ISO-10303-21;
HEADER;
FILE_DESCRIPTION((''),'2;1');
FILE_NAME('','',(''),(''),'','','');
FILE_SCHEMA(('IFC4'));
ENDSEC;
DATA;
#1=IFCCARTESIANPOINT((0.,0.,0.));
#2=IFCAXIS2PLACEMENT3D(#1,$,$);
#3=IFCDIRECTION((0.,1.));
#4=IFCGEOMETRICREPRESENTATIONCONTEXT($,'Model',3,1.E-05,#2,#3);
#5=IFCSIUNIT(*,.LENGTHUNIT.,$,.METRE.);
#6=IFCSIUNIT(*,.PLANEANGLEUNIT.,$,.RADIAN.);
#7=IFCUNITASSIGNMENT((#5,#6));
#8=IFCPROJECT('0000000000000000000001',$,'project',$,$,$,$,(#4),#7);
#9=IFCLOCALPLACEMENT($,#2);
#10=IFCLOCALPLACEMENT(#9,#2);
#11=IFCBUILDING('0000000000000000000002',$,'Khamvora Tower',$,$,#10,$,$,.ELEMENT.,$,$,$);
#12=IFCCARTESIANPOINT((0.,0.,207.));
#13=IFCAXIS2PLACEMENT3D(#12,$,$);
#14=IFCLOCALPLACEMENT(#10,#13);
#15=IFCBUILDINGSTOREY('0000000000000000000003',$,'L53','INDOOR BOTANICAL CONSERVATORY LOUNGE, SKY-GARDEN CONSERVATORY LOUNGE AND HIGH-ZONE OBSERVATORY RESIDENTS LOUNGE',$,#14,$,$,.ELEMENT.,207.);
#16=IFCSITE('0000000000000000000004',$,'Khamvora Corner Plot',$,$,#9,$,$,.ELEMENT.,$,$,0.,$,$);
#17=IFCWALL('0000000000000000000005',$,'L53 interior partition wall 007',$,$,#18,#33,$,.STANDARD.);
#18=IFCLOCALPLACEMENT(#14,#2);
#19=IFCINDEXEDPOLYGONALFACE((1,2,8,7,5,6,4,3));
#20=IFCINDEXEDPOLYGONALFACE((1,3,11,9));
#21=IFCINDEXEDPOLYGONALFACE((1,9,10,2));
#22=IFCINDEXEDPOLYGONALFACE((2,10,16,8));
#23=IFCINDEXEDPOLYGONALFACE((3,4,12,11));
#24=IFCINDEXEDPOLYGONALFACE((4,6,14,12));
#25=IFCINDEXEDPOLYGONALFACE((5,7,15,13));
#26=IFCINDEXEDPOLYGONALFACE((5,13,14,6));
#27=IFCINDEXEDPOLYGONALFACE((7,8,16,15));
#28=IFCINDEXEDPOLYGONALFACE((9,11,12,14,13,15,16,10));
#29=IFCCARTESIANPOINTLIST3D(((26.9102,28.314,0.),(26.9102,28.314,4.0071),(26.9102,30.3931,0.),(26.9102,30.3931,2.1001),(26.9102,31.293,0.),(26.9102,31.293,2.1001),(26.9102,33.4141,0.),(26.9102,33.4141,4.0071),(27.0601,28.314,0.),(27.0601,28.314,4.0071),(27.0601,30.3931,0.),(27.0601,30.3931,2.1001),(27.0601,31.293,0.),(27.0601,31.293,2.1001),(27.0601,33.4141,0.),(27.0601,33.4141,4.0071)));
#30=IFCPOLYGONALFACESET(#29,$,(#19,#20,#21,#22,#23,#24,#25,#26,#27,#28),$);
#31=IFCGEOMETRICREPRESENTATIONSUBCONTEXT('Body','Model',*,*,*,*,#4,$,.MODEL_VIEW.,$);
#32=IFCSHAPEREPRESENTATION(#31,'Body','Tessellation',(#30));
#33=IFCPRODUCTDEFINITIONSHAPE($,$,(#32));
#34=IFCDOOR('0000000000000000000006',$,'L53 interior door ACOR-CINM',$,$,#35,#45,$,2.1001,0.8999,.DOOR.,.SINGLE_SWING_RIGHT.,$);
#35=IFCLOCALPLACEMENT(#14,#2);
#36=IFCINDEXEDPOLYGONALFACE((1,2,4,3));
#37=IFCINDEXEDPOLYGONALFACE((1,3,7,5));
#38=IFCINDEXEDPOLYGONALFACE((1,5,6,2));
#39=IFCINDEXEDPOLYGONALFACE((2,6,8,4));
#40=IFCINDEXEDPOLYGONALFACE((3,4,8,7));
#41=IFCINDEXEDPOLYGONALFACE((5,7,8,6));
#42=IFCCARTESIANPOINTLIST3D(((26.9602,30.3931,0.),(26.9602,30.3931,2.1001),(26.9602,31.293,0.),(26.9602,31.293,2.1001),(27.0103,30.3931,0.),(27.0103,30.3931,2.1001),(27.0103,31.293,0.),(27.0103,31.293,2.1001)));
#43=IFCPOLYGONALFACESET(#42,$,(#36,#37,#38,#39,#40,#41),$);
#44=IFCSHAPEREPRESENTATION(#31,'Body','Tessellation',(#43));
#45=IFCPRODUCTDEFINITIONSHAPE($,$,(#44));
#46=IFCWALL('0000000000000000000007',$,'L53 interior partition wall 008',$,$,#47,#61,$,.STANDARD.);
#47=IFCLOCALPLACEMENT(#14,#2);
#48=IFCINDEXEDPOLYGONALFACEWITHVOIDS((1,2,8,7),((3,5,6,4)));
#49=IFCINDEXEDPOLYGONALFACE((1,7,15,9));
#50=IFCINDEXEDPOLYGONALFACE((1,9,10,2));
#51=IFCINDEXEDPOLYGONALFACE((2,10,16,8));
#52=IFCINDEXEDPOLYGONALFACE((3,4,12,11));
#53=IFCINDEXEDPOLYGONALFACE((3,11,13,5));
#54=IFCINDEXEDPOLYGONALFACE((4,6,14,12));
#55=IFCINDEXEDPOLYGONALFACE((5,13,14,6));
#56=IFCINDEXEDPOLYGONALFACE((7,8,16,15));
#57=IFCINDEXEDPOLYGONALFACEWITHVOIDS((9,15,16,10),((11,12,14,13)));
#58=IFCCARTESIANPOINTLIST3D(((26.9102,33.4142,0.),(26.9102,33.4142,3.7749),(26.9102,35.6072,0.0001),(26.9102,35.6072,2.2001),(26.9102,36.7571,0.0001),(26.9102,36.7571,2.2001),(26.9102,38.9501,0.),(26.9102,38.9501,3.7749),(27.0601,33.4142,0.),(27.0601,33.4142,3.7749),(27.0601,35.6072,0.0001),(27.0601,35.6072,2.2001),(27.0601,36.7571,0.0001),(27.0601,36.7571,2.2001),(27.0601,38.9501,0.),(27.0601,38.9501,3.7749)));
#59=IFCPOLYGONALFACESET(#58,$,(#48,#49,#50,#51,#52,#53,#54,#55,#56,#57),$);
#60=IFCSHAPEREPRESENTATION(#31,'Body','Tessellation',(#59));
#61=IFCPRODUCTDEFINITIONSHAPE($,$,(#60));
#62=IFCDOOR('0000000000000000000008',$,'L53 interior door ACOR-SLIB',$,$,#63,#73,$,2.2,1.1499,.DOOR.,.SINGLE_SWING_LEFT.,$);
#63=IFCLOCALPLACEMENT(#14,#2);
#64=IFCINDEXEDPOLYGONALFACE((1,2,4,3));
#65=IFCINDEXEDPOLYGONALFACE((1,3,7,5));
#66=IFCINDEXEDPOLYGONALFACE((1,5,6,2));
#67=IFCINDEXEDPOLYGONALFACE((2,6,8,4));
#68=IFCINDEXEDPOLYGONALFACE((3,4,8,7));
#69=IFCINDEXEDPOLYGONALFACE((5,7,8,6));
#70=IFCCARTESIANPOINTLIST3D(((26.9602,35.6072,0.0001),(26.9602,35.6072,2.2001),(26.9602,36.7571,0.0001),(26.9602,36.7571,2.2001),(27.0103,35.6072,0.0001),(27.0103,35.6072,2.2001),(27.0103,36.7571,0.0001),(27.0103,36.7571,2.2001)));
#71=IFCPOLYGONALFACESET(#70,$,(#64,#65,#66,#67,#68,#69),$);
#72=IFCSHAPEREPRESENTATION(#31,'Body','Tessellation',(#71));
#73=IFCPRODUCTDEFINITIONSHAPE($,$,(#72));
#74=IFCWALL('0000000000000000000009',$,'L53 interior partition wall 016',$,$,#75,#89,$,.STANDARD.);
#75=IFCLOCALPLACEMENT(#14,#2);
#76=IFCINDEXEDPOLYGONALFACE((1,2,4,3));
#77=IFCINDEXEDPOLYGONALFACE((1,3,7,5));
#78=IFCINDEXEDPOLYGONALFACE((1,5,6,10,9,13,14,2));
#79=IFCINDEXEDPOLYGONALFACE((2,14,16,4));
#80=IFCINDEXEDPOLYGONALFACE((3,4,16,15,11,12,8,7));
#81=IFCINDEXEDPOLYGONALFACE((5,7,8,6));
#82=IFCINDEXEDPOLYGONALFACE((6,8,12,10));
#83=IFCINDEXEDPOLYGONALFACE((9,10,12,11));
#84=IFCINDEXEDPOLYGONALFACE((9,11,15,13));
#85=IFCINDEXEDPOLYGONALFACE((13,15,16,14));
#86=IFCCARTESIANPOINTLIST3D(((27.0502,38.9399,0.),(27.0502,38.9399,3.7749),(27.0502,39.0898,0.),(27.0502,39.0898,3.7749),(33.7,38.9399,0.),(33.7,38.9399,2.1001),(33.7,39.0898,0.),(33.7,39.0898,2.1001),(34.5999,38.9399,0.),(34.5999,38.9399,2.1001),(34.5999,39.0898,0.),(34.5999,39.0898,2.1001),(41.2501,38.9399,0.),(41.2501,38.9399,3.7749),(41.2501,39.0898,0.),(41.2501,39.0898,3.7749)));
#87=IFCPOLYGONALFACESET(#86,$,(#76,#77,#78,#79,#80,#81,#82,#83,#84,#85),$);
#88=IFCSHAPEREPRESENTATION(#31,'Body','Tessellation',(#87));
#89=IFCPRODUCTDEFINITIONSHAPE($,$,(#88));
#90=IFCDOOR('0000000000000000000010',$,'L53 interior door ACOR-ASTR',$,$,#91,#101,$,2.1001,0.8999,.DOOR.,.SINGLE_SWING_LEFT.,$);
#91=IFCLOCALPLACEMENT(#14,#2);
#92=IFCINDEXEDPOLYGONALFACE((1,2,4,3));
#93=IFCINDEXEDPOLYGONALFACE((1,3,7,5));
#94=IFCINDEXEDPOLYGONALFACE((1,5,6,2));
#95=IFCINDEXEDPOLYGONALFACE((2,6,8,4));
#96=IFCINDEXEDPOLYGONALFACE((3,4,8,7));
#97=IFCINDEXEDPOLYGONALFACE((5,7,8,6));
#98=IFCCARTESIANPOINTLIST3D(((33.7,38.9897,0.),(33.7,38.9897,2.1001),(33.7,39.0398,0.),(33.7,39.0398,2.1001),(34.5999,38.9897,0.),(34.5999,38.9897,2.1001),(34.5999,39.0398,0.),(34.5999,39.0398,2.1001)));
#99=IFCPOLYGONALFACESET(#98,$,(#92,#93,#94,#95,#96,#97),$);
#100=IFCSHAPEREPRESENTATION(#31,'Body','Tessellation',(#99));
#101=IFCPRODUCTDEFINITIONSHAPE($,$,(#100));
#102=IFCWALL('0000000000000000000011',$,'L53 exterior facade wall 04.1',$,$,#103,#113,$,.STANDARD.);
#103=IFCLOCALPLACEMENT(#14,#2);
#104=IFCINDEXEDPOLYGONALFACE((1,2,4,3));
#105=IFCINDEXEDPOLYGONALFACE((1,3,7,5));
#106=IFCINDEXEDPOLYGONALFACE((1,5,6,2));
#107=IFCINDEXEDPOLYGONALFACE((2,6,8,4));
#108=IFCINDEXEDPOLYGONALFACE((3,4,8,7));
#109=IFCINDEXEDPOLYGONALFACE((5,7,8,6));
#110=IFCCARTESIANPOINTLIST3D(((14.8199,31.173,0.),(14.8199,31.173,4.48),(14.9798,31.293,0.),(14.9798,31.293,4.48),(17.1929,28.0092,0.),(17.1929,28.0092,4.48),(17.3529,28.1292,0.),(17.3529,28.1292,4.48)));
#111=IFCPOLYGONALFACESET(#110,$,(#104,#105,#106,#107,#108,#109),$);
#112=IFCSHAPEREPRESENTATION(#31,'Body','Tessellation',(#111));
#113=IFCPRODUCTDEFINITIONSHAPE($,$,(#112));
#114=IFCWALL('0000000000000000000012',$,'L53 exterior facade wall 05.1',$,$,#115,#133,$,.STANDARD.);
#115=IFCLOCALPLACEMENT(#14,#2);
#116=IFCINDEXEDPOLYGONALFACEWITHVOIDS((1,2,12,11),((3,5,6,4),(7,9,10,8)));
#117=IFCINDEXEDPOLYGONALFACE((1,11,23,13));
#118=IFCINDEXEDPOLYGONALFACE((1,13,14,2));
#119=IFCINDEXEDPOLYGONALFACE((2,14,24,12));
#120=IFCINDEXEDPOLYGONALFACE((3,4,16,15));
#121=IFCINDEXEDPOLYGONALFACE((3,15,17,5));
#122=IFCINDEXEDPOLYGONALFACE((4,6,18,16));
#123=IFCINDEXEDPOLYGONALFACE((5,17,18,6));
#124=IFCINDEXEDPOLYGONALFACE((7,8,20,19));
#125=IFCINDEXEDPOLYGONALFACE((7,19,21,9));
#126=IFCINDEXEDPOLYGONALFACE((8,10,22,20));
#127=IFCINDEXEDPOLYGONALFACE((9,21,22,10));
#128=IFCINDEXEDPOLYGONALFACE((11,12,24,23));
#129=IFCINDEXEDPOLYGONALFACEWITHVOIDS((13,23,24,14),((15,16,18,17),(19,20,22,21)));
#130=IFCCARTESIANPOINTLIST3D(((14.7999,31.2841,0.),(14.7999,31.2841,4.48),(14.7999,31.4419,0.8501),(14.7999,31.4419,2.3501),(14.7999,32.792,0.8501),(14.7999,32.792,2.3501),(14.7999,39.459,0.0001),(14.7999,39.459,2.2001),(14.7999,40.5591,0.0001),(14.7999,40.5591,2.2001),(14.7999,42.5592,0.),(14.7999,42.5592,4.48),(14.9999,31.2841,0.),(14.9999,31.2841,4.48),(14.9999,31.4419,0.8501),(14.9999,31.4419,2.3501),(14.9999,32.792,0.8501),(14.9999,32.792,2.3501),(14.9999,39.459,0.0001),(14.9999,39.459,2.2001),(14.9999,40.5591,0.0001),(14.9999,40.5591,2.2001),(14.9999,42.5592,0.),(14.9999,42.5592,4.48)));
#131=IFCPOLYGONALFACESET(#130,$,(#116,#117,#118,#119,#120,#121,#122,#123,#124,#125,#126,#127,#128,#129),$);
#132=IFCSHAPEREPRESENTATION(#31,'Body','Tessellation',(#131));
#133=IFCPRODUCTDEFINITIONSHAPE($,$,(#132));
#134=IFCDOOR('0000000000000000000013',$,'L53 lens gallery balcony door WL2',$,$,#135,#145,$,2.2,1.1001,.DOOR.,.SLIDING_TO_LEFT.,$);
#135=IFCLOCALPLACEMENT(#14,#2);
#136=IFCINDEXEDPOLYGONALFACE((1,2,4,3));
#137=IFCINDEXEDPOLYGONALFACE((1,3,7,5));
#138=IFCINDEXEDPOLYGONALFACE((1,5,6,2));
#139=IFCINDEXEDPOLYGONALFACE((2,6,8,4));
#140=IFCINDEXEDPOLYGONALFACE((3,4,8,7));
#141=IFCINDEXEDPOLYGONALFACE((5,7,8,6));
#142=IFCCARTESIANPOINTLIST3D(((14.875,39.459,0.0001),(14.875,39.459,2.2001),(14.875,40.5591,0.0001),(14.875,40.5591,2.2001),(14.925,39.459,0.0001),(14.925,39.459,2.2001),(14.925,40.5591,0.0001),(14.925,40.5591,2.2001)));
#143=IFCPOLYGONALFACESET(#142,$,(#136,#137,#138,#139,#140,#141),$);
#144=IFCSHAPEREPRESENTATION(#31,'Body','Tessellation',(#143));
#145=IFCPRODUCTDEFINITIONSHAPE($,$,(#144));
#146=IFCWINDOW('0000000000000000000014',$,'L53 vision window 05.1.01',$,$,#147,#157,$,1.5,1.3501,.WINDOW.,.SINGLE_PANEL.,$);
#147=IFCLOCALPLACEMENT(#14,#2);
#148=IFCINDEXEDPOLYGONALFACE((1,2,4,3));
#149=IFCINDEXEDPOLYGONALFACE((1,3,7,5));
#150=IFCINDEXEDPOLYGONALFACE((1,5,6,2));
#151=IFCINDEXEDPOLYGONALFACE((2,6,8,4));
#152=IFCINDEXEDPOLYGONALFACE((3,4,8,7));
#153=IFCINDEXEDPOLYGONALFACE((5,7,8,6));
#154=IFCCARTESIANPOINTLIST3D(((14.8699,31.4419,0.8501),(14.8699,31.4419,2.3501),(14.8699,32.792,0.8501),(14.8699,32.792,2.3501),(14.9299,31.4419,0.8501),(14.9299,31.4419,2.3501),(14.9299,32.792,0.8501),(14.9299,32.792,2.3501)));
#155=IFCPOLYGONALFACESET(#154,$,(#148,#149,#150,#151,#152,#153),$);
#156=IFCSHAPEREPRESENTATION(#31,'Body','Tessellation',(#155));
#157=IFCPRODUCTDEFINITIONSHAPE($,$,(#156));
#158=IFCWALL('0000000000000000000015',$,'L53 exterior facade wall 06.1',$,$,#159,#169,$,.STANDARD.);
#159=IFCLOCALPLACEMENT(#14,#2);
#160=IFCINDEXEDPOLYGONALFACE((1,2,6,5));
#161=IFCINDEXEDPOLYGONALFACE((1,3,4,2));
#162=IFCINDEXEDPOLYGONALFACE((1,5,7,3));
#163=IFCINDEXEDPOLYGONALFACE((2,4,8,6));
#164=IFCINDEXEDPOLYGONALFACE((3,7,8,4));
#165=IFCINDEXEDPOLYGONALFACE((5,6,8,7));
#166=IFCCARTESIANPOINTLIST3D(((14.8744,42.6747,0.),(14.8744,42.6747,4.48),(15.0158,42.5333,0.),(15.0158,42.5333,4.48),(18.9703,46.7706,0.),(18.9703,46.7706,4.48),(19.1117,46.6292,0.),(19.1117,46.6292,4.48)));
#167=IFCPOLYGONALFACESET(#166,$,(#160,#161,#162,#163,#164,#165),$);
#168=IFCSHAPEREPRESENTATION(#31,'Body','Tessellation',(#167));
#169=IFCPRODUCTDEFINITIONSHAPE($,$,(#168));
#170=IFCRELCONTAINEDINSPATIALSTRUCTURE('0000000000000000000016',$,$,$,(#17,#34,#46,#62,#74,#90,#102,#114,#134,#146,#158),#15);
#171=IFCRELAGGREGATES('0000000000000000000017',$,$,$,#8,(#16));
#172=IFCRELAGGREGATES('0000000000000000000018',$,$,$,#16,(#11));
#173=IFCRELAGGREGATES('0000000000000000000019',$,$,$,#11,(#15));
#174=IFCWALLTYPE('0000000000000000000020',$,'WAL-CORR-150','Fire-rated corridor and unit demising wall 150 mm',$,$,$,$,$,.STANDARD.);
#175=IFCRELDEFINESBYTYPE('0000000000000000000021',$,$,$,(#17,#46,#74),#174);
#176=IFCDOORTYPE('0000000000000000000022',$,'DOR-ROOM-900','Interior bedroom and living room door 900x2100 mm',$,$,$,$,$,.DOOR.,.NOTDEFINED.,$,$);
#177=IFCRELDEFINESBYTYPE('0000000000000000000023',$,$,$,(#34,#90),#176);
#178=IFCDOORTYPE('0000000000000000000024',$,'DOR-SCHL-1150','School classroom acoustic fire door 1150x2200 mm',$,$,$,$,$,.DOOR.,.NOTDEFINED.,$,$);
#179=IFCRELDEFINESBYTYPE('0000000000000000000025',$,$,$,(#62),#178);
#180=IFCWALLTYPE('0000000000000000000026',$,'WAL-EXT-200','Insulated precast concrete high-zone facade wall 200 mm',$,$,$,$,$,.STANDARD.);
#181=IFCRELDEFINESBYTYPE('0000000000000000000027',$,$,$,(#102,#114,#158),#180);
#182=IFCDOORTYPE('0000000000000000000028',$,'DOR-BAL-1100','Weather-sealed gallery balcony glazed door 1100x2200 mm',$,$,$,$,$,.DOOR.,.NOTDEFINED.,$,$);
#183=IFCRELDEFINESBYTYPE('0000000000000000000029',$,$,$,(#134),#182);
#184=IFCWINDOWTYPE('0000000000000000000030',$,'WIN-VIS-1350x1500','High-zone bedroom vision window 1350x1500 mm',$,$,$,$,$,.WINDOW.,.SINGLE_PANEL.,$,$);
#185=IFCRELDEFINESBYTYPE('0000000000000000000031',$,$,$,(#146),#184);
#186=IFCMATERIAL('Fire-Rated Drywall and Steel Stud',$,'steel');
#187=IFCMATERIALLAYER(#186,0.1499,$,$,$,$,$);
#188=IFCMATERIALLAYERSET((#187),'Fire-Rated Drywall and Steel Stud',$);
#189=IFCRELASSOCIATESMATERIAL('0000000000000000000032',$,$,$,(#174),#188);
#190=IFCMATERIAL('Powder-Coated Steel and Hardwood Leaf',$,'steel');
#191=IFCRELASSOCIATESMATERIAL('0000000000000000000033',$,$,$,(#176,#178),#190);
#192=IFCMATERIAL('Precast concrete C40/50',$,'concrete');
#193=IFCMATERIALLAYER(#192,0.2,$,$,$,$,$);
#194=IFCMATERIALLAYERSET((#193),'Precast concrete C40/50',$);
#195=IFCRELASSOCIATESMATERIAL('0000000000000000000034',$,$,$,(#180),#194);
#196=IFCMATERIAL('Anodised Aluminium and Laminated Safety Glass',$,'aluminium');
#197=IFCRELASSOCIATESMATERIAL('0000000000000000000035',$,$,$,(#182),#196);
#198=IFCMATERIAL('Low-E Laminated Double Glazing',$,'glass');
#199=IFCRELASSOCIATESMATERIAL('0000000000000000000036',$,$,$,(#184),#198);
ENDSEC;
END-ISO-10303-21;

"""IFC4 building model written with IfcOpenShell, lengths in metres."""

from ifc_helpers import new_model, si_unit, direction, frame, frame_2d, origin, place, context, subcontext, project, spatial, rectangle, extrude, material, layer, layer_set, type_object, element, fill, save


model = new_model("IFC4")

# Units and contexts
model_context = context("Model", 3, precision=1e-05, world=origin(), true_north=direction((0.0, 1.0)))
body_context = subcontext(model_context, "Body", "Model", "MODEL_VIEW")
ifc_project = project(units=[si_unit("LENGTHUNIT", "METRE"), si_unit("PLANEANGLEUNIT", "RADIAN")], contexts=[model_context])

# Site, building, storey
site_placement = place(None, origin())
site = spatial("IfcSite", under=ifc_project, at=site_placement, Name="Khamvora Corner Plot", CompositionType="ELEMENT", RefElevation=0.0)
building_placement = place(site_placement, origin())
building = spatial("IfcBuilding", under=site, at=building_placement, Name="Khamvora Tower", CompositionType="ELEMENT")
storey_placement = place(building_placement, frame((0.0, 0.0, 207.0)))
storey = spatial("IfcBuildingStorey", under=building, at=storey_placement, Name="L53", Description="INDOOR BOTANICAL CONSERVATORY LOUNGE, SKY-GARDEN CONSERVATORY LOUNGE AND HIGH-ZONE OBSERVATORY RESIDENTS LOUNGE", CompositionType="ELEMENT", Elevation=207.0)

# Walls, openings, doors
ifc_material_1 = material(Name="Fire-Rated Drywall and Steel Stud", Category="steel")
ifc_layer_1 = layer(ifc_material_1, 0.1499)
ifc_layer_set_1 = layer_set([ifc_layer_1], Name="Fire-Rated Drywall and Steel Stud")
wall_type_1 = type_object("IfcWallType", Name="WAL-CORR-150", Description="Fire-rated corridor and unit demising wall 150 mm", PredefinedType="STANDARD", material=ifc_layer_set_1)
wall_1_placement = place(storey_placement, frame((26.9851, 28.314, 0.0), z_axis=(0.0, 0.0, 1.0), x_axis=(0.0, 1.0, 0.0)))
wall_1 = element("IfcWall", 1, at=wall_1_placement, inside=storey, type_object=wall_type_1, Name="L53 interior partition wall 007", PredefinedType="STANDARD", context=body_context, shape_type="SweptSolid", body=[
    extrude(rectangle(XDim=5.1001, YDim=0.1499, at=frame_2d((2.55, 0.0))), origin(), (0.0, 0.0, 1.0), 4.0071),
])
opening_1_placement = place(wall_1_placement, frame((2.0791, 0.0, 0.0)))
opening_1 = element("IfcOpeningElement", 2, at=opening_1_placement, cuts=wall_1, PredefinedType="OPENING", context=body_context, shape_type="SweptSolid", body=[
    extrude(rectangle(XDim=0.8999, YDim=2.1001, at=frame_2d((0.45, 1.05))), frame((0.0, 0.085, 0.0), z_axis=(0.0, -1.0, 0.0), x_axis=(1.0, 0.0, 0.0)), (0.0, 0.0, 1.0), 0.1699),
])
ifc_material_2 = material(Name="Powder-Coated Steel and Hardwood Leaf", Category="steel")
door_type_1 = type_object("IfcDoorType", Name="DOR-ROOM-900", Description="Interior bedroom and living room door 900x2100 mm", OperationType="NOTDEFINED", PredefinedType="DOOR", material=ifc_material_2)
door_1_placement = place(opening_1_placement, origin())
door_1 = element("IfcDoor", 3, at=door_1_placement, inside=storey, type_object=door_type_1, Name="L53 interior door ACOR-CINM", OperationType="SINGLE_SWING_RIGHT", OverallHeight=2.1001, OverallWidth=0.8999, PredefinedType="DOOR", context=body_context, shape_type="SweptSolid", body=[
    extrude(rectangle(XDim=0.8999, YDim=2.1001, at=frame_2d((0.45, 1.05))), frame((0.0, 0.0249, 0.0), z_axis=(0.0, -1.0, 0.0), x_axis=(1.0, 0.0, 0.0)), (0.0, 0.0, 1.0), 0.05),
])
fill(opening_1, door_1)
wall_2_placement = place(storey_placement, frame((26.9851, 33.4141, 0.0), z_axis=(0.0, 0.0, 1.0), x_axis=(0.0, 1.0, 0.0)))
wall_2 = element("IfcWall", 4, at=wall_2_placement, inside=storey, type_object=wall_type_1, Name="L53 interior partition wall 008", PredefinedType="STANDARD", context=body_context, shape_type="SweptSolid", body=[
    extrude(rectangle(XDim=5.5359, YDim=0.1499, at=frame_2d((2.7681, 0.0))), origin(), (0.0, 0.0, 1.0), 3.7749),
])
opening_2_placement = place(wall_2_placement, frame((2.1931, 0.0, 0.0)))
opening_2 = element("IfcOpeningElement", 5, at=opening_2_placement, cuts=wall_2, PredefinedType="OPENING", context=body_context, shape_type="SweptSolid", body=[
    extrude(rectangle(XDim=1.1499, YDim=2.2, at=frame_2d((0.575, 1.1001))), frame((0.0, 0.085, 0.0), z_axis=(0.0, -1.0, 0.0), x_axis=(1.0, 0.0, 0.0)), (0.0, 0.0, 1.0), 0.1699),
])
door_type_2 = type_object("IfcDoorType", Name="DOR-SCHL-1150", Description="School classroom acoustic fire door 1150x2200 mm", OperationType="NOTDEFINED", PredefinedType="DOOR", material=ifc_material_2)
door_2_placement = place(opening_2_placement, origin())
door_2 = element("IfcDoor", 6, at=door_2_placement, inside=storey, type_object=door_type_2, Name="L53 interior door ACOR-SLIB", OperationType="SINGLE_SWING_LEFT", OverallHeight=2.2, OverallWidth=1.1499, PredefinedType="DOOR", context=body_context, shape_type="SweptSolid", body=[
    extrude(rectangle(XDim=1.1499, YDim=2.2, at=frame_2d((0.575, 1.1001))), frame((0.0, 0.0249, 0.0), z_axis=(0.0, -1.0, 0.0), x_axis=(1.0, 0.0, 0.0)), (0.0, 0.0, 1.0), 0.05),
])
fill(opening_2, door_2)
wall_3_placement = place(storey_placement, frame((27.05, 39.0149, 0.0), z_axis=(0.0, 0.0, 1.0), x_axis=(1.0, 0.0, 0.0)))
wall_3 = element("IfcWall", 7, at=wall_3_placement, inside=storey, type_object=wall_type_1, Name="L53 interior partition wall 016", PredefinedType="STANDARD", context=body_context, shape_type="SweptSolid", body=[
    extrude(rectangle(XDim=14.2, YDim=0.1499, at=frame_2d((7.1001, 0.0))), origin(), (0.0, 0.0, 1.0), 3.7749),
])
opening_3_placement = place(wall_3_placement, frame((6.6499, 0.0, 0.0)))
opening_3 = element("IfcOpeningElement", 8, at=opening_3_placement, cuts=wall_3, PredefinedType="OPENING", context=body_context, shape_type="SweptSolid", body=[
    extrude(rectangle(XDim=0.8999, YDim=2.1001, at=frame_2d((0.45, 1.05))), frame((0.0, 0.085, 0.0), z_axis=(0.0, -1.0, 0.0), x_axis=(1.0, 0.0, 0.0)), (0.0, 0.0, 1.0), 0.1699),
])
door_3_placement = place(opening_3_placement, origin())
door_3 = element("IfcDoor", 9, at=door_3_placement, inside=storey, type_object=door_type_1, Name="L53 interior door ACOR-ASTR", OperationType="SINGLE_SWING_LEFT", OverallHeight=2.1001, OverallWidth=0.8999, PredefinedType="DOOR", context=body_context, shape_type="SweptSolid", body=[
    extrude(rectangle(XDim=0.8999, YDim=2.1001, at=frame_2d((0.45, 1.05))), frame((0.0, 0.0249, 0.0), z_axis=(0.0, -1.0, 0.0), x_axis=(1.0, 0.0, 0.0)), (0.0, 0.0, 1.0), 0.05),
])
fill(opening_3, door_3)

# Wall
ifc_material_3 = material(Name="Precast concrete C40/50", Category="concrete")
ifc_layer_2 = layer(ifc_material_3, 0.2)
ifc_layer_set_2 = layer_set([ifc_layer_2], Name="Precast concrete C40/50")
wall_type_2 = type_object("IfcWallType", Name="WAL-EXT-200", Description="Insulated precast concrete high-zone facade wall 200 mm", PredefinedType="STANDARD", material=ifc_layer_set_2)
wall_4_placement = place(storey_placement, frame((17.2729, 28.0691, 0.0), z_axis=(0.0, 0.0, 1.0), x_axis=(-0.60003, 0.799978, 0.0)))
element("IfcWall", 10, at=wall_4_placement, inside=storey, type_object=wall_type_2, Name="L53 exterior facade wall 04.1", PredefinedType="STANDARD", context=body_context, shape_type="SweptSolid", body=[
    extrude(rectangle(XDim=3.9548, YDim=0.2, at=frame_2d((1.9775, 0.0))), origin(), (0.0, 0.0, 1.0), 4.48),
])

# Wall, openings, door, window
wall_5_placement = place(storey_placement, frame((14.8999, 31.2839, 0.0), z_axis=(0.0, 0.0, 1.0), x_axis=(0.0, 1.0, 0.0)))
wall_5 = element("IfcWall", 11, at=wall_5_placement, inside=storey, type_object=wall_type_2, Name="L53 exterior facade wall 05.1", PredefinedType="STANDARD", context=body_context, shape_type="SweptSolid", body=[
    extrude(rectangle(XDim=11.2751, YDim=0.2, at=frame_2d((5.6377, 0.0))), origin(), (0.0, 0.0, 1.0), 4.48),
])
opening_4_placement = place(wall_5_placement, frame((8.175, 0.0, 0.0)))
opening_4 = element("IfcOpeningElement", 12, at=opening_4_placement, cuts=wall_5, PredefinedType="OPENING", context=body_context, shape_type="SweptSolid", body=[
    extrude(rectangle(XDim=1.1001, YDim=2.2, at=frame_2d((0.55, 1.1001))), frame((0.0, 0.1099, 0.0), z_axis=(0.0, -1.0, 0.0), x_axis=(1.0, 0.0, 0.0)), (0.0, 0.0, 1.0), 0.22),
])
opening_5_placement = place(wall_5_placement, frame((0.158, 0.0, 0.8501)))
opening_5 = element("IfcOpeningElement", 13, at=opening_5_placement, cuts=wall_5, PredefinedType="OPENING", context=body_context, shape_type="SweptSolid", body=[
    extrude(rectangle(XDim=1.3501, YDim=1.5, at=frame_2d((0.675, 0.75))), frame((0.0, 0.1099, 0.0), z_axis=(0.0, -1.0, 0.0), x_axis=(1.0, 0.0, 0.0)), (0.0, 0.0, 1.0), 0.22),
])
ifc_material_4 = material(Name="Anodised Aluminium and Laminated Safety Glass", Category="aluminium")
door_type_3 = type_object("IfcDoorType", Name="DOR-BAL-1100", Description="Weather-sealed gallery balcony glazed door 1100x2200 mm", OperationType="NOTDEFINED", PredefinedType="DOOR", material=ifc_material_4)
door_4_placement = place(opening_4_placement, origin())
door_4 = element("IfcDoor", 14, at=door_4_placement, inside=storey, type_object=door_type_3, Name="L53 lens gallery balcony door WL2", OperationType="SLIDING_TO_LEFT", OverallHeight=2.2, OverallWidth=1.1001, PredefinedType="DOOR", context=body_context, shape_type="SweptSolid", body=[
    extrude(rectangle(XDim=1.1001, YDim=2.2, at=frame_2d((0.55, 1.1001))), frame((0.0, 0.0249, 0.0), z_axis=(0.0, -1.0, 0.0), x_axis=(1.0, 0.0, 0.0)), (0.0, 0.0, 1.0), 0.05),
])
fill(opening_4, door_4)
ifc_material_5 = material(Name="Low-E Laminated Double Glazing", Category="glass")
window_type = type_object("IfcWindowType", Name="WIN-VIS-1350x1500", Description="High-zone bedroom vision window 1350x1500 mm", PartitioningType="SINGLE_PANEL", PredefinedType="WINDOW", material=ifc_material_5)
window_placement = place(opening_5_placement, origin())
window = element("IfcWindow", 15, at=window_placement, inside=storey, type_object=window_type, Name="L53 vision window 05.1.01", OverallHeight=1.5, OverallWidth=1.3501, PartitioningType="SINGLE_PANEL", PredefinedType="WINDOW", context=body_context, shape_type="SweptSolid", body=[
    extrude(rectangle(XDim=1.3501, YDim=1.5, at=frame_2d((0.675, 0.75))), frame((0.0, 0.03, 0.0), z_axis=(0.0, -1.0, 0.0), x_axis=(1.0, 0.0, 0.0)), (0.0, 0.0, 1.0), 0.0601),
])
fill(opening_5, window)

# Wall
wall_6_placement = place(storey_placement, frame((14.9451, 42.604, 0.0), z_axis=(0.0, 0.0, 1.0), x_axis=(0.707107, 0.707107, 0.0)))
element("IfcWall", 16, at=wall_6_placement, inside=storey, type_object=wall_type_2, Name="L53 exterior facade wall 06.1", PredefinedType="STANDARD", context=body_context, shape_type="SweptSolid", body=[
    extrude(rectangle(XDim=5.7925, YDim=0.2, at=frame_2d((2.8962, 0.0))), origin(), (0.0, 0.0, 1.0), 4.48),
])

save(model, "model.ifc")
